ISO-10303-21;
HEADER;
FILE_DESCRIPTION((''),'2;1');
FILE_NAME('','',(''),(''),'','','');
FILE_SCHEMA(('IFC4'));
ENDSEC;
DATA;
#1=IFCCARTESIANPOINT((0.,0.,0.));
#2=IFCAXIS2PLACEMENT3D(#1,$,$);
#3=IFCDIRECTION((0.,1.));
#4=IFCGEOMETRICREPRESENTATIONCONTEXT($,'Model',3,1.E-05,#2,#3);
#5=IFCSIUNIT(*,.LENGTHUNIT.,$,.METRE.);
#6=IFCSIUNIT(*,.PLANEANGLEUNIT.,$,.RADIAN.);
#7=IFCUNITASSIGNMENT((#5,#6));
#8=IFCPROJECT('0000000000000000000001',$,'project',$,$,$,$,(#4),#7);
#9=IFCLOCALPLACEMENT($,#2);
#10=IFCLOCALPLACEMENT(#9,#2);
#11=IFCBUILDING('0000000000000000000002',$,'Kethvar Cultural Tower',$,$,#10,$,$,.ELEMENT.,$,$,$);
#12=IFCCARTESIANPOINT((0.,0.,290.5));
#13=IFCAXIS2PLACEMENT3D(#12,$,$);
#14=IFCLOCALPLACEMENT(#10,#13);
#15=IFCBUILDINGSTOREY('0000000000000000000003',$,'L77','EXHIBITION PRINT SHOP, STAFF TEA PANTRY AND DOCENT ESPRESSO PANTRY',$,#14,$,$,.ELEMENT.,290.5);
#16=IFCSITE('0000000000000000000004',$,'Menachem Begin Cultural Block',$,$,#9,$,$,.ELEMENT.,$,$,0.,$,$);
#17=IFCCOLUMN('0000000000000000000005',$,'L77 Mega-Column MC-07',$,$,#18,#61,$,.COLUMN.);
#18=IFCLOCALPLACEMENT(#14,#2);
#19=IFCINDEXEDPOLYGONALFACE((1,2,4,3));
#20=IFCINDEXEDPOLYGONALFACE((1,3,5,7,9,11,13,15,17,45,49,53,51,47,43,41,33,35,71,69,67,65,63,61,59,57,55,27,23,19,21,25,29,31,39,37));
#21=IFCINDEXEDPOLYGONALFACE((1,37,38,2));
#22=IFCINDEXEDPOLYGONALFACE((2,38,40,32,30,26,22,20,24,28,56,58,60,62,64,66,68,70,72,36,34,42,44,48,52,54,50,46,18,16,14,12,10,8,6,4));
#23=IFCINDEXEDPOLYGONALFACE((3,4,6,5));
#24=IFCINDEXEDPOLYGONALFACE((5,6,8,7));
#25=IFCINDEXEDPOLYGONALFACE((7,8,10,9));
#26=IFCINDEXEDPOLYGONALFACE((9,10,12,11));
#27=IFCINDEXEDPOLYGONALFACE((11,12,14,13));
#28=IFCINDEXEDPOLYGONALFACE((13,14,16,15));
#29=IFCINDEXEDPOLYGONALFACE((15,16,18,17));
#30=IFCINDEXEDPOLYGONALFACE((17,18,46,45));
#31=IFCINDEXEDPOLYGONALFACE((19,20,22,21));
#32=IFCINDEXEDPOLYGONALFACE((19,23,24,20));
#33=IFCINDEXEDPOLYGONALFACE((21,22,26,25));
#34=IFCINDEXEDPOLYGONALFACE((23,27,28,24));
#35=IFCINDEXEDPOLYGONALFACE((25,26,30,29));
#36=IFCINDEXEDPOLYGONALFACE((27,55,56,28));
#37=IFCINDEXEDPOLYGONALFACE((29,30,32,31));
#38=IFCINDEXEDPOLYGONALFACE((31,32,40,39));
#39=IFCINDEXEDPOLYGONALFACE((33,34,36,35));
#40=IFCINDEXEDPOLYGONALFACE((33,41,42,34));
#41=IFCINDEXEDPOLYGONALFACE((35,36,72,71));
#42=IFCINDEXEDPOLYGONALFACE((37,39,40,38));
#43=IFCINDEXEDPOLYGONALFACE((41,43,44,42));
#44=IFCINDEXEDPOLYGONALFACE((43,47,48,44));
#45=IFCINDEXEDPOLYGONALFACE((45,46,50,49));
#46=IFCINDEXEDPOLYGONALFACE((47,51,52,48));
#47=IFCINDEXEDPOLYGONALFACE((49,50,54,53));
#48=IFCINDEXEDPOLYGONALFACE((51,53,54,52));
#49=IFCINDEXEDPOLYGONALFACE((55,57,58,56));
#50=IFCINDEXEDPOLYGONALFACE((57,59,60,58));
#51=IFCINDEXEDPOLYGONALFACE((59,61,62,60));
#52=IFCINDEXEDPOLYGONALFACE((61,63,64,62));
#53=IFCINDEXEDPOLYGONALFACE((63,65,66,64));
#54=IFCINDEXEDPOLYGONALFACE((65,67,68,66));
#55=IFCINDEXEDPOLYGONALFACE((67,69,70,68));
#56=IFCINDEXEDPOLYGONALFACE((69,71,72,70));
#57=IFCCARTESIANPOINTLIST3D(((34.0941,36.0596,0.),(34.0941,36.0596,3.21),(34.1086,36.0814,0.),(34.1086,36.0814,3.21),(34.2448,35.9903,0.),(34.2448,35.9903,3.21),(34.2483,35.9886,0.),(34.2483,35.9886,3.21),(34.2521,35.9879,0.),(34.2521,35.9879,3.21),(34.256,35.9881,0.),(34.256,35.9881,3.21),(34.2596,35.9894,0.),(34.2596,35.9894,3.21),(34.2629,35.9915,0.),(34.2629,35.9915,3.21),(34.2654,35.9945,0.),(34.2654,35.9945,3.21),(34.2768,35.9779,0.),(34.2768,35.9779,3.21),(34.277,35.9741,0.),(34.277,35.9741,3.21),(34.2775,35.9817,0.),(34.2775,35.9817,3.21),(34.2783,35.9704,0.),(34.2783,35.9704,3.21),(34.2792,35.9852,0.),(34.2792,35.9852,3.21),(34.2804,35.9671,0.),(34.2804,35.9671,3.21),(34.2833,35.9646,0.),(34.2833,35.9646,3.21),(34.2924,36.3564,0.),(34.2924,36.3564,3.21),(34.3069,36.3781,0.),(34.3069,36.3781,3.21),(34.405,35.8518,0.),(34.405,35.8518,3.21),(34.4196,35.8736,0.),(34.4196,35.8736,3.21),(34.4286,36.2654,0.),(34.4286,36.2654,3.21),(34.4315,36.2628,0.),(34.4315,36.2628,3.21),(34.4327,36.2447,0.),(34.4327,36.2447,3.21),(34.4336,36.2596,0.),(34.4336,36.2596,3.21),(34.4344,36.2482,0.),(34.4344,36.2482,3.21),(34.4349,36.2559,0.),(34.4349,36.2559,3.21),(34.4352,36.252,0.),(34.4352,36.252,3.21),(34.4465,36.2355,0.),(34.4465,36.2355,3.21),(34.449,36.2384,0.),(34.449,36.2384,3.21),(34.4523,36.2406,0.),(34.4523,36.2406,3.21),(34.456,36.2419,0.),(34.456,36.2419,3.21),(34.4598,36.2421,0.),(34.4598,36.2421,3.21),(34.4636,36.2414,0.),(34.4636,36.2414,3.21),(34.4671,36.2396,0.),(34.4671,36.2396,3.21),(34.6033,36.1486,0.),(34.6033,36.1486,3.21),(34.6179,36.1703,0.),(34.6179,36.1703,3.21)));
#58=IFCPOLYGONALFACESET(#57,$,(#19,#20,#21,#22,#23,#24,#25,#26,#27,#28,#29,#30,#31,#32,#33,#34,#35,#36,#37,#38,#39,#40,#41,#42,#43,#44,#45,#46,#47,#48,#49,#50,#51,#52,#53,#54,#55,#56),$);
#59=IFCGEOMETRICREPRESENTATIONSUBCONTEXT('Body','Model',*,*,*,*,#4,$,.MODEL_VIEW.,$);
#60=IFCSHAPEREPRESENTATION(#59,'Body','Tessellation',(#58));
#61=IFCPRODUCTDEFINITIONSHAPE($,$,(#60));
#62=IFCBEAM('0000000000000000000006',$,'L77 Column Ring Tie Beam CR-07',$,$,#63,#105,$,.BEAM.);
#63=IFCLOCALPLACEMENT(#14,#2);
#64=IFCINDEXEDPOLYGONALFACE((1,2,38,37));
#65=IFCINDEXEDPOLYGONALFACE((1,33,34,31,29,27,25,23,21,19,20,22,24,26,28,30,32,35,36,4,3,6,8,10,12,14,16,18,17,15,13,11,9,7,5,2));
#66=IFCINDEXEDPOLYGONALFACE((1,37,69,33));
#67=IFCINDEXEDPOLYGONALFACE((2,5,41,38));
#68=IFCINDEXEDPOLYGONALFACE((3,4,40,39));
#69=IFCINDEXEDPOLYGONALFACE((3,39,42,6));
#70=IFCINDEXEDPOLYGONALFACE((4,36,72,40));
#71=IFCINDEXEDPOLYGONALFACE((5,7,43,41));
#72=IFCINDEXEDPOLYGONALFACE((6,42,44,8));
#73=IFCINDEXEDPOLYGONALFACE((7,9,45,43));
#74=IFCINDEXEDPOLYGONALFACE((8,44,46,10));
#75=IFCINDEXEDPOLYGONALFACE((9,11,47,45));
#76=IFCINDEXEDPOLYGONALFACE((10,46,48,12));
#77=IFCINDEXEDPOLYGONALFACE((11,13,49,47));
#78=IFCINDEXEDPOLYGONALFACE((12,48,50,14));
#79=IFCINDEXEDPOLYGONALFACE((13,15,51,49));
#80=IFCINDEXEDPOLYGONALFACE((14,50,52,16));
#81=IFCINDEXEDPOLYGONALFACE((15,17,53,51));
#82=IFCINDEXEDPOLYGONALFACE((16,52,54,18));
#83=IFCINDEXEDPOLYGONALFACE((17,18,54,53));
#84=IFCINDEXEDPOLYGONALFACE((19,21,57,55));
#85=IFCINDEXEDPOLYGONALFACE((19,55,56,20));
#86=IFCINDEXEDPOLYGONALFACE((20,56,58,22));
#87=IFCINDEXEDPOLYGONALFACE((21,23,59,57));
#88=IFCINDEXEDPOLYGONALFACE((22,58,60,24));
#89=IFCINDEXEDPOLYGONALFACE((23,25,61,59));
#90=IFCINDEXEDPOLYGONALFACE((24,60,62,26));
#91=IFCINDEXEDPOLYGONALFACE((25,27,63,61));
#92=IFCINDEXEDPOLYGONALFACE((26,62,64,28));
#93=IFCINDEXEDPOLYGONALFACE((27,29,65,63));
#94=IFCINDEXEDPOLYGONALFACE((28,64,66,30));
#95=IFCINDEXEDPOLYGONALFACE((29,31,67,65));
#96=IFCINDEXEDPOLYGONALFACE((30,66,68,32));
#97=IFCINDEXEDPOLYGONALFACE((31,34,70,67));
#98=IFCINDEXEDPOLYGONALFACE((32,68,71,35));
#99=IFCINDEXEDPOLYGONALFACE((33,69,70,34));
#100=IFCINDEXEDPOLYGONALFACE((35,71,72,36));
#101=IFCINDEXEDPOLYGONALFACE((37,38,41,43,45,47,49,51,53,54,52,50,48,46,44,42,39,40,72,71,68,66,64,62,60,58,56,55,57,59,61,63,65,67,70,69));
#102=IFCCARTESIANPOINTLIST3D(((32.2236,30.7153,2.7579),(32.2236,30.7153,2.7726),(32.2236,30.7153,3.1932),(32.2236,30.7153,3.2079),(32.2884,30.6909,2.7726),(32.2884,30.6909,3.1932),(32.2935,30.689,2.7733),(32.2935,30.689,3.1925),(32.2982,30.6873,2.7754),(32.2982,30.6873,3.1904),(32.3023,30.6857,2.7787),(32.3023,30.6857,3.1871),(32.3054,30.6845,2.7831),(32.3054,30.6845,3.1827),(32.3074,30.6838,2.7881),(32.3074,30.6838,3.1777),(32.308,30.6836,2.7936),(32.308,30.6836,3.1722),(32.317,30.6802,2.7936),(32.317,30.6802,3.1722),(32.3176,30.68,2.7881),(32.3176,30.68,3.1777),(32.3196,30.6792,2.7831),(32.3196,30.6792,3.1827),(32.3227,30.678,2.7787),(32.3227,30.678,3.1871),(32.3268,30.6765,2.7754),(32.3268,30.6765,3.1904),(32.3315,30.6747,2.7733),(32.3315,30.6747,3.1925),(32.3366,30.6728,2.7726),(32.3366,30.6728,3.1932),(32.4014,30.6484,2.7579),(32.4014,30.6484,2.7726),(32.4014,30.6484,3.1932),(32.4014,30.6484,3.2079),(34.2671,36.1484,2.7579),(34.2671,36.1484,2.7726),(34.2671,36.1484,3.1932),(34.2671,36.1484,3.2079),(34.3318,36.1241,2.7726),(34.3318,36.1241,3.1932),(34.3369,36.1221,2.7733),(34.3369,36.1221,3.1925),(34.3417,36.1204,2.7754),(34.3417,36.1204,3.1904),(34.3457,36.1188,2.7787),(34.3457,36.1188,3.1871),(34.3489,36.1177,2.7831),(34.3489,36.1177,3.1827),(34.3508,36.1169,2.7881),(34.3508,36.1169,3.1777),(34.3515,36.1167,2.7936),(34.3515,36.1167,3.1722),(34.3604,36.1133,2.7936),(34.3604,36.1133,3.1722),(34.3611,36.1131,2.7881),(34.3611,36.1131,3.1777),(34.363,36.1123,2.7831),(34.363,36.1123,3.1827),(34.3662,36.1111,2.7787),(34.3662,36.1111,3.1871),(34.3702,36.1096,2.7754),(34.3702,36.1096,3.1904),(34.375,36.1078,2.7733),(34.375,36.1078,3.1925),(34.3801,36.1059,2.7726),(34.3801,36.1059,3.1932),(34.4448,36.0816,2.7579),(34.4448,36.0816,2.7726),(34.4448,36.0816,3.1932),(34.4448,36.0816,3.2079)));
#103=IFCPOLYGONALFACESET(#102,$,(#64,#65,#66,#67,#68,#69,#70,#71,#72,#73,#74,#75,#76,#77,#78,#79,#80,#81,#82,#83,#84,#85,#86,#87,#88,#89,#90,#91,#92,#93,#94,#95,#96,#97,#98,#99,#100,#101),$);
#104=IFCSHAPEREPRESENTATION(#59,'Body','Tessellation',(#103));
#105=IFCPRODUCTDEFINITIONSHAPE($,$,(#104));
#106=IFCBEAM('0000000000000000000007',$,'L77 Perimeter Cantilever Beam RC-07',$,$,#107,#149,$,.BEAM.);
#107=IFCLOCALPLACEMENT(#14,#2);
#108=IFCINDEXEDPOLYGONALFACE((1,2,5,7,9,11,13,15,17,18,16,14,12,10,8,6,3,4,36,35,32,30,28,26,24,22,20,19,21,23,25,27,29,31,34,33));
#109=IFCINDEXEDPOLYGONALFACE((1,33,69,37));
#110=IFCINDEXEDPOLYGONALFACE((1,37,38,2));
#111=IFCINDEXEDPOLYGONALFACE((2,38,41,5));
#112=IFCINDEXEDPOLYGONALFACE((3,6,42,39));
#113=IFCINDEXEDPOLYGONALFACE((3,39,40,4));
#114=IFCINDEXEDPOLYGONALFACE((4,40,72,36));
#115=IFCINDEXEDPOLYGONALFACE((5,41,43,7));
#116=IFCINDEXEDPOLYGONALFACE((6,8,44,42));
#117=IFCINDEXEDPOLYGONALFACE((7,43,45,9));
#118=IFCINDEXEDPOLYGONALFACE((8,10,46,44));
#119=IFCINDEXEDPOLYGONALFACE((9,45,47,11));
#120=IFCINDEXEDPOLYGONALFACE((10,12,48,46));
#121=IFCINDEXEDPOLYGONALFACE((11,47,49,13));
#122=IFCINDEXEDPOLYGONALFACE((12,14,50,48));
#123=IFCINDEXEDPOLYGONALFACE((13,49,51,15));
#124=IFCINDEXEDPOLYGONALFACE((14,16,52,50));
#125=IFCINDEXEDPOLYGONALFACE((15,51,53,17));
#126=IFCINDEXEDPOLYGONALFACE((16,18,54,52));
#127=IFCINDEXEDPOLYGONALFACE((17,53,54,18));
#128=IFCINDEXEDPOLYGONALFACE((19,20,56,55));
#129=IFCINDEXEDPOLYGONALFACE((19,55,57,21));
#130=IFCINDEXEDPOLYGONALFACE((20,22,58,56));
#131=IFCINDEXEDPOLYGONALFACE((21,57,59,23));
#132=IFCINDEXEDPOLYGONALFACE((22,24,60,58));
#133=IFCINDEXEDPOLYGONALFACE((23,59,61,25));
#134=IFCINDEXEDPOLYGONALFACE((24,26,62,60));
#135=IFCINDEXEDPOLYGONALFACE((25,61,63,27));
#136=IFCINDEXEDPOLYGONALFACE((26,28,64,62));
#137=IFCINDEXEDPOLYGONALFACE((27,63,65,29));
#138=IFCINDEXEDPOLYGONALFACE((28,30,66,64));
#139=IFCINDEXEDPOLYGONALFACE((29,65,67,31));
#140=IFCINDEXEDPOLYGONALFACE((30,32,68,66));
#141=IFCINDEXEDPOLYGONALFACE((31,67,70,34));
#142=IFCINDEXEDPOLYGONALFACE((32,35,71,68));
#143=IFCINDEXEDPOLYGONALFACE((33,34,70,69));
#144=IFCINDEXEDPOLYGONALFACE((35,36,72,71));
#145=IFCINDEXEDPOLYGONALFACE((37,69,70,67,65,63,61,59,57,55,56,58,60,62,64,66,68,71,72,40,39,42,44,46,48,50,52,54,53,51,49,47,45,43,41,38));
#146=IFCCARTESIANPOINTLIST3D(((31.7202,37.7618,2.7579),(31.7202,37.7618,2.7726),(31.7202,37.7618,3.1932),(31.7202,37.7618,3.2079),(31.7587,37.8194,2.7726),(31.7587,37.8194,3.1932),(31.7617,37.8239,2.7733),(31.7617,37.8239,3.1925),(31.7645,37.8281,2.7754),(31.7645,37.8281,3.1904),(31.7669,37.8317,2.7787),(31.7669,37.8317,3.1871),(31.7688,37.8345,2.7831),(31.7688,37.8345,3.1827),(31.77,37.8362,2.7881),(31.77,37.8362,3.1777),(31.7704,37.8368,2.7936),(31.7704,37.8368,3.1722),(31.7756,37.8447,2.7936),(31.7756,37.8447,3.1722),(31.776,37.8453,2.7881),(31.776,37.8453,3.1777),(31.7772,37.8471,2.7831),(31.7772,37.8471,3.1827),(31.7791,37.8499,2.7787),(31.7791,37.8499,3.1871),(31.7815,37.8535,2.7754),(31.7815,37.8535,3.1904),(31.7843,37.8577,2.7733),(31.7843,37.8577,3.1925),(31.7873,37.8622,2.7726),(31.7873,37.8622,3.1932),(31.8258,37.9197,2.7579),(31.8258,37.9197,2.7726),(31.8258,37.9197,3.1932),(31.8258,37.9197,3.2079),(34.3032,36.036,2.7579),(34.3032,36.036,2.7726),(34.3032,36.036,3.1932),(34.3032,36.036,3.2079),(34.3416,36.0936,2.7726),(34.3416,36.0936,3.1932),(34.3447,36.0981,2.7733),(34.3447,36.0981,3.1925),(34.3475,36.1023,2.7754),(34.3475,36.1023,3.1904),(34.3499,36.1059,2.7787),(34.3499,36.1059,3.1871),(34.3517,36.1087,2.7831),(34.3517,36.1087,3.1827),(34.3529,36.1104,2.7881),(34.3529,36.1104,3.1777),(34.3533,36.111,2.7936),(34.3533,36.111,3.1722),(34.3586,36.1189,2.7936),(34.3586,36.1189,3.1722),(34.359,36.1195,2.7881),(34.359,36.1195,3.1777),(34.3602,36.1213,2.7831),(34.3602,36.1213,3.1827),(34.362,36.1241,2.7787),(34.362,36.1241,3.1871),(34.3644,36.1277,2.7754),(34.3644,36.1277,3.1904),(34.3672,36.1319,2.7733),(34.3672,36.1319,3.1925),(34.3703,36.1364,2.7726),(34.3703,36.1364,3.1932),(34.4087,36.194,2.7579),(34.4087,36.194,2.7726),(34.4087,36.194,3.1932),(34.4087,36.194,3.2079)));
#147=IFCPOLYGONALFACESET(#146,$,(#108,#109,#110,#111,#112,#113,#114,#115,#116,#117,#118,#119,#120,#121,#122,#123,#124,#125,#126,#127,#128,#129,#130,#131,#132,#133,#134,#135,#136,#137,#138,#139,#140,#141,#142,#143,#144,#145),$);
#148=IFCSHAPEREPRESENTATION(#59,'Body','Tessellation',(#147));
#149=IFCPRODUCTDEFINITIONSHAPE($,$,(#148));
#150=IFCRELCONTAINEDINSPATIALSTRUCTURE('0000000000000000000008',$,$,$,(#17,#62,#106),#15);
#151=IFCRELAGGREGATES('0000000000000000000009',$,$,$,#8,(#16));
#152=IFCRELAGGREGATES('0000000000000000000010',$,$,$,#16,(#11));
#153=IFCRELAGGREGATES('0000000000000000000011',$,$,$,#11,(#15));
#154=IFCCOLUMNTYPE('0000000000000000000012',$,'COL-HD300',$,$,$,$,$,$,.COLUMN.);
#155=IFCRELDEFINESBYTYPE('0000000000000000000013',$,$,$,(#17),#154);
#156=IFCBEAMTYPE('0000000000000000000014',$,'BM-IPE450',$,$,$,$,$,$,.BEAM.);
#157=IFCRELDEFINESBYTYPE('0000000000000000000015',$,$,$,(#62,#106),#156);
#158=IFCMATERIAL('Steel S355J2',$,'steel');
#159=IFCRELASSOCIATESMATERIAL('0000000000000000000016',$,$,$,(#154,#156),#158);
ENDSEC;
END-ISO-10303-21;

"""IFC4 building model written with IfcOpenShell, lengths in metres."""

from ifc_helpers import new_model, si_unit, direction, frame, origin, origin_2d, place, context, subcontext, project, spatial, i_section, extrude, source, transform, mapped, material, material_profile, profile_set, type_object, element, save


model = new_model("IFC4")

# Units and contexts
model_context = context("Model", 3, precision=1e-05, world=origin(), true_north=direction((0.0, 1.0)))
body_context = subcontext(model_context, "Body", "Model", "MODEL_VIEW")
ifc_project = project(units=[si_unit("LENGTHUNIT", "METRE"), si_unit("PLANEANGLEUNIT", "RADIAN")], contexts=[model_context])

# Site, building, storey
site_placement = place(None, origin())
site = spatial("IfcSite", under=ifc_project, at=site_placement, Name="Menachem Begin Cultural Block", CompositionType="ELEMENT", RefElevation=0.0)
building_placement = place(site_placement, origin())
building = spatial("IfcBuilding", under=site, at=building_placement, Name="Kethvar Cultural Tower", CompositionType="ELEMENT")
storey_placement = place(building_placement, frame((0.0, 0.0, 290.5)))
storey = spatial("IfcBuildingStorey", under=building, at=storey_placement, Name="L77", Description="EXHIBITION PRINT SHOP, STAFF TEA PANTRY AND DOCENT ESPRESSO PANTRY", CompositionType="ELEMENT", Elevation=290.5)

# Column
ifc_material_1 = material(Name="Steel S355J2", Category="steel")
ifc_material_profile_1 = material_profile(ifc_material_1, i_section(OverallWidth=0.374, OverallDepth=0.3831, WebThickness=0.0166, FlangeThickness=0.0261, FilletRadius=0.0149, at=origin_2d()), Name="Steel S355J2 — HD360x300")
ifc_profile_set_1 = profile_set([ifc_material_profile_1], Name="Steel S355J2 — HD360x300")
column_type = type_object("IfcColumnType", Name="COL-HD300", PredefinedType="COLUMN", material=ifc_profile_set_1)
shared_shape_1 = source(origin(), body_context, "Body", "SweptSolid", [
    extrude(i_section(OverallWidth=0.374, OverallDepth=0.3831, WebThickness=0.0166, FlangeThickness=0.0261, FilletRadius=0.0149, at=origin_2d()), origin(), (0.0, 0.0, 1.0), 3.21),
])
column_placement = place(storey_placement, frame((34.356, 36.115, 0.0), z_axis=(0.0, 0.0, 1.0), x_axis=(-0.83147, 0.55557, 0.0)))
element("IfcColumn", 1, at=column_placement, inside=storey, type_object=column_type, Name="L77 Mega-Column MC-07", PredefinedType="COLUMN", context=body_context, shape_type="MappedRepresentation", body=[
    mapped(shared_shape_1, transform((0.0, 0.0, 0.0), scale=1.0)),
])

# Beams
ifc_material_profile_2 = material_profile(ifc_material_1, i_section(OverallWidth=0.1899, OverallDepth=0.45, WebThickness=0.0095, FlangeThickness=0.0146, FilletRadius=0.021, at=origin_2d()), Name="Steel S355J2 — IPE450")
ifc_profile_set_2 = profile_set([ifc_material_profile_2], Name="Steel S355J2 — IPE450")
beam_type_1 = type_object("IfcBeamType", Name="BM-IPE450", PredefinedType="BEAM", material=ifc_profile_set_2)
shared_shape_2 = source(origin(), body_context, "Body", "SweptSolid", [
    extrude(i_section(OverallWidth=0.1899, OverallDepth=0.45, WebThickness=0.0095, FlangeThickness=0.0146, FilletRadius=0.021, at=origin_2d()), origin(), (0.0, 0.0, 1.0), 5.8047),
])
beam_1_placement = place(storey_placement, frame((34.356, 36.115, 2.9829), z_axis=(-0.352036, -0.935986, 0.0), x_axis=(0.935986, -0.352036, 0.0)))
element("IfcBeam", 2, at=beam_1_placement, inside=storey, type_object=beam_type_1, Name="L77 Column Ring Tie Beam CR-07", PredefinedType="BEAM", context=body_context, shape_type="MappedRepresentation", body=[
    mapped(shared_shape_2, transform((0.0, 0.0, 0.0), scale=1.0)),
])
shared_shape_3 = source(origin(), body_context, "Body", "SweptSolid", [
    extrude(i_section(OverallWidth=0.1899, OverallDepth=0.45, WebThickness=0.0095, FlangeThickness=0.0146, FilletRadius=0.021, at=origin_2d()), origin(), (0.0, 0.0, 1.0), 3.1064),
])
beam_2_placement = place(storey_placement, frame((34.356, 36.115, 2.9829), z_axis=(-0.831482, 0.555552, 0.0), x_axis=(-0.555552, -0.831482, 0.0)))
element("IfcBeam", 3, at=beam_2_placement, inside=storey, type_object=beam_type_1, Name="L77 Perimeter Cantilever Beam RC-07", PredefinedType="BEAM", context=body_context, shape_type="MappedRepresentation", body=[
    mapped(shared_shape_3, transform((0.0, 0.0, 0.0), scale=1.0)),
])

save(model, "model.ifc")
